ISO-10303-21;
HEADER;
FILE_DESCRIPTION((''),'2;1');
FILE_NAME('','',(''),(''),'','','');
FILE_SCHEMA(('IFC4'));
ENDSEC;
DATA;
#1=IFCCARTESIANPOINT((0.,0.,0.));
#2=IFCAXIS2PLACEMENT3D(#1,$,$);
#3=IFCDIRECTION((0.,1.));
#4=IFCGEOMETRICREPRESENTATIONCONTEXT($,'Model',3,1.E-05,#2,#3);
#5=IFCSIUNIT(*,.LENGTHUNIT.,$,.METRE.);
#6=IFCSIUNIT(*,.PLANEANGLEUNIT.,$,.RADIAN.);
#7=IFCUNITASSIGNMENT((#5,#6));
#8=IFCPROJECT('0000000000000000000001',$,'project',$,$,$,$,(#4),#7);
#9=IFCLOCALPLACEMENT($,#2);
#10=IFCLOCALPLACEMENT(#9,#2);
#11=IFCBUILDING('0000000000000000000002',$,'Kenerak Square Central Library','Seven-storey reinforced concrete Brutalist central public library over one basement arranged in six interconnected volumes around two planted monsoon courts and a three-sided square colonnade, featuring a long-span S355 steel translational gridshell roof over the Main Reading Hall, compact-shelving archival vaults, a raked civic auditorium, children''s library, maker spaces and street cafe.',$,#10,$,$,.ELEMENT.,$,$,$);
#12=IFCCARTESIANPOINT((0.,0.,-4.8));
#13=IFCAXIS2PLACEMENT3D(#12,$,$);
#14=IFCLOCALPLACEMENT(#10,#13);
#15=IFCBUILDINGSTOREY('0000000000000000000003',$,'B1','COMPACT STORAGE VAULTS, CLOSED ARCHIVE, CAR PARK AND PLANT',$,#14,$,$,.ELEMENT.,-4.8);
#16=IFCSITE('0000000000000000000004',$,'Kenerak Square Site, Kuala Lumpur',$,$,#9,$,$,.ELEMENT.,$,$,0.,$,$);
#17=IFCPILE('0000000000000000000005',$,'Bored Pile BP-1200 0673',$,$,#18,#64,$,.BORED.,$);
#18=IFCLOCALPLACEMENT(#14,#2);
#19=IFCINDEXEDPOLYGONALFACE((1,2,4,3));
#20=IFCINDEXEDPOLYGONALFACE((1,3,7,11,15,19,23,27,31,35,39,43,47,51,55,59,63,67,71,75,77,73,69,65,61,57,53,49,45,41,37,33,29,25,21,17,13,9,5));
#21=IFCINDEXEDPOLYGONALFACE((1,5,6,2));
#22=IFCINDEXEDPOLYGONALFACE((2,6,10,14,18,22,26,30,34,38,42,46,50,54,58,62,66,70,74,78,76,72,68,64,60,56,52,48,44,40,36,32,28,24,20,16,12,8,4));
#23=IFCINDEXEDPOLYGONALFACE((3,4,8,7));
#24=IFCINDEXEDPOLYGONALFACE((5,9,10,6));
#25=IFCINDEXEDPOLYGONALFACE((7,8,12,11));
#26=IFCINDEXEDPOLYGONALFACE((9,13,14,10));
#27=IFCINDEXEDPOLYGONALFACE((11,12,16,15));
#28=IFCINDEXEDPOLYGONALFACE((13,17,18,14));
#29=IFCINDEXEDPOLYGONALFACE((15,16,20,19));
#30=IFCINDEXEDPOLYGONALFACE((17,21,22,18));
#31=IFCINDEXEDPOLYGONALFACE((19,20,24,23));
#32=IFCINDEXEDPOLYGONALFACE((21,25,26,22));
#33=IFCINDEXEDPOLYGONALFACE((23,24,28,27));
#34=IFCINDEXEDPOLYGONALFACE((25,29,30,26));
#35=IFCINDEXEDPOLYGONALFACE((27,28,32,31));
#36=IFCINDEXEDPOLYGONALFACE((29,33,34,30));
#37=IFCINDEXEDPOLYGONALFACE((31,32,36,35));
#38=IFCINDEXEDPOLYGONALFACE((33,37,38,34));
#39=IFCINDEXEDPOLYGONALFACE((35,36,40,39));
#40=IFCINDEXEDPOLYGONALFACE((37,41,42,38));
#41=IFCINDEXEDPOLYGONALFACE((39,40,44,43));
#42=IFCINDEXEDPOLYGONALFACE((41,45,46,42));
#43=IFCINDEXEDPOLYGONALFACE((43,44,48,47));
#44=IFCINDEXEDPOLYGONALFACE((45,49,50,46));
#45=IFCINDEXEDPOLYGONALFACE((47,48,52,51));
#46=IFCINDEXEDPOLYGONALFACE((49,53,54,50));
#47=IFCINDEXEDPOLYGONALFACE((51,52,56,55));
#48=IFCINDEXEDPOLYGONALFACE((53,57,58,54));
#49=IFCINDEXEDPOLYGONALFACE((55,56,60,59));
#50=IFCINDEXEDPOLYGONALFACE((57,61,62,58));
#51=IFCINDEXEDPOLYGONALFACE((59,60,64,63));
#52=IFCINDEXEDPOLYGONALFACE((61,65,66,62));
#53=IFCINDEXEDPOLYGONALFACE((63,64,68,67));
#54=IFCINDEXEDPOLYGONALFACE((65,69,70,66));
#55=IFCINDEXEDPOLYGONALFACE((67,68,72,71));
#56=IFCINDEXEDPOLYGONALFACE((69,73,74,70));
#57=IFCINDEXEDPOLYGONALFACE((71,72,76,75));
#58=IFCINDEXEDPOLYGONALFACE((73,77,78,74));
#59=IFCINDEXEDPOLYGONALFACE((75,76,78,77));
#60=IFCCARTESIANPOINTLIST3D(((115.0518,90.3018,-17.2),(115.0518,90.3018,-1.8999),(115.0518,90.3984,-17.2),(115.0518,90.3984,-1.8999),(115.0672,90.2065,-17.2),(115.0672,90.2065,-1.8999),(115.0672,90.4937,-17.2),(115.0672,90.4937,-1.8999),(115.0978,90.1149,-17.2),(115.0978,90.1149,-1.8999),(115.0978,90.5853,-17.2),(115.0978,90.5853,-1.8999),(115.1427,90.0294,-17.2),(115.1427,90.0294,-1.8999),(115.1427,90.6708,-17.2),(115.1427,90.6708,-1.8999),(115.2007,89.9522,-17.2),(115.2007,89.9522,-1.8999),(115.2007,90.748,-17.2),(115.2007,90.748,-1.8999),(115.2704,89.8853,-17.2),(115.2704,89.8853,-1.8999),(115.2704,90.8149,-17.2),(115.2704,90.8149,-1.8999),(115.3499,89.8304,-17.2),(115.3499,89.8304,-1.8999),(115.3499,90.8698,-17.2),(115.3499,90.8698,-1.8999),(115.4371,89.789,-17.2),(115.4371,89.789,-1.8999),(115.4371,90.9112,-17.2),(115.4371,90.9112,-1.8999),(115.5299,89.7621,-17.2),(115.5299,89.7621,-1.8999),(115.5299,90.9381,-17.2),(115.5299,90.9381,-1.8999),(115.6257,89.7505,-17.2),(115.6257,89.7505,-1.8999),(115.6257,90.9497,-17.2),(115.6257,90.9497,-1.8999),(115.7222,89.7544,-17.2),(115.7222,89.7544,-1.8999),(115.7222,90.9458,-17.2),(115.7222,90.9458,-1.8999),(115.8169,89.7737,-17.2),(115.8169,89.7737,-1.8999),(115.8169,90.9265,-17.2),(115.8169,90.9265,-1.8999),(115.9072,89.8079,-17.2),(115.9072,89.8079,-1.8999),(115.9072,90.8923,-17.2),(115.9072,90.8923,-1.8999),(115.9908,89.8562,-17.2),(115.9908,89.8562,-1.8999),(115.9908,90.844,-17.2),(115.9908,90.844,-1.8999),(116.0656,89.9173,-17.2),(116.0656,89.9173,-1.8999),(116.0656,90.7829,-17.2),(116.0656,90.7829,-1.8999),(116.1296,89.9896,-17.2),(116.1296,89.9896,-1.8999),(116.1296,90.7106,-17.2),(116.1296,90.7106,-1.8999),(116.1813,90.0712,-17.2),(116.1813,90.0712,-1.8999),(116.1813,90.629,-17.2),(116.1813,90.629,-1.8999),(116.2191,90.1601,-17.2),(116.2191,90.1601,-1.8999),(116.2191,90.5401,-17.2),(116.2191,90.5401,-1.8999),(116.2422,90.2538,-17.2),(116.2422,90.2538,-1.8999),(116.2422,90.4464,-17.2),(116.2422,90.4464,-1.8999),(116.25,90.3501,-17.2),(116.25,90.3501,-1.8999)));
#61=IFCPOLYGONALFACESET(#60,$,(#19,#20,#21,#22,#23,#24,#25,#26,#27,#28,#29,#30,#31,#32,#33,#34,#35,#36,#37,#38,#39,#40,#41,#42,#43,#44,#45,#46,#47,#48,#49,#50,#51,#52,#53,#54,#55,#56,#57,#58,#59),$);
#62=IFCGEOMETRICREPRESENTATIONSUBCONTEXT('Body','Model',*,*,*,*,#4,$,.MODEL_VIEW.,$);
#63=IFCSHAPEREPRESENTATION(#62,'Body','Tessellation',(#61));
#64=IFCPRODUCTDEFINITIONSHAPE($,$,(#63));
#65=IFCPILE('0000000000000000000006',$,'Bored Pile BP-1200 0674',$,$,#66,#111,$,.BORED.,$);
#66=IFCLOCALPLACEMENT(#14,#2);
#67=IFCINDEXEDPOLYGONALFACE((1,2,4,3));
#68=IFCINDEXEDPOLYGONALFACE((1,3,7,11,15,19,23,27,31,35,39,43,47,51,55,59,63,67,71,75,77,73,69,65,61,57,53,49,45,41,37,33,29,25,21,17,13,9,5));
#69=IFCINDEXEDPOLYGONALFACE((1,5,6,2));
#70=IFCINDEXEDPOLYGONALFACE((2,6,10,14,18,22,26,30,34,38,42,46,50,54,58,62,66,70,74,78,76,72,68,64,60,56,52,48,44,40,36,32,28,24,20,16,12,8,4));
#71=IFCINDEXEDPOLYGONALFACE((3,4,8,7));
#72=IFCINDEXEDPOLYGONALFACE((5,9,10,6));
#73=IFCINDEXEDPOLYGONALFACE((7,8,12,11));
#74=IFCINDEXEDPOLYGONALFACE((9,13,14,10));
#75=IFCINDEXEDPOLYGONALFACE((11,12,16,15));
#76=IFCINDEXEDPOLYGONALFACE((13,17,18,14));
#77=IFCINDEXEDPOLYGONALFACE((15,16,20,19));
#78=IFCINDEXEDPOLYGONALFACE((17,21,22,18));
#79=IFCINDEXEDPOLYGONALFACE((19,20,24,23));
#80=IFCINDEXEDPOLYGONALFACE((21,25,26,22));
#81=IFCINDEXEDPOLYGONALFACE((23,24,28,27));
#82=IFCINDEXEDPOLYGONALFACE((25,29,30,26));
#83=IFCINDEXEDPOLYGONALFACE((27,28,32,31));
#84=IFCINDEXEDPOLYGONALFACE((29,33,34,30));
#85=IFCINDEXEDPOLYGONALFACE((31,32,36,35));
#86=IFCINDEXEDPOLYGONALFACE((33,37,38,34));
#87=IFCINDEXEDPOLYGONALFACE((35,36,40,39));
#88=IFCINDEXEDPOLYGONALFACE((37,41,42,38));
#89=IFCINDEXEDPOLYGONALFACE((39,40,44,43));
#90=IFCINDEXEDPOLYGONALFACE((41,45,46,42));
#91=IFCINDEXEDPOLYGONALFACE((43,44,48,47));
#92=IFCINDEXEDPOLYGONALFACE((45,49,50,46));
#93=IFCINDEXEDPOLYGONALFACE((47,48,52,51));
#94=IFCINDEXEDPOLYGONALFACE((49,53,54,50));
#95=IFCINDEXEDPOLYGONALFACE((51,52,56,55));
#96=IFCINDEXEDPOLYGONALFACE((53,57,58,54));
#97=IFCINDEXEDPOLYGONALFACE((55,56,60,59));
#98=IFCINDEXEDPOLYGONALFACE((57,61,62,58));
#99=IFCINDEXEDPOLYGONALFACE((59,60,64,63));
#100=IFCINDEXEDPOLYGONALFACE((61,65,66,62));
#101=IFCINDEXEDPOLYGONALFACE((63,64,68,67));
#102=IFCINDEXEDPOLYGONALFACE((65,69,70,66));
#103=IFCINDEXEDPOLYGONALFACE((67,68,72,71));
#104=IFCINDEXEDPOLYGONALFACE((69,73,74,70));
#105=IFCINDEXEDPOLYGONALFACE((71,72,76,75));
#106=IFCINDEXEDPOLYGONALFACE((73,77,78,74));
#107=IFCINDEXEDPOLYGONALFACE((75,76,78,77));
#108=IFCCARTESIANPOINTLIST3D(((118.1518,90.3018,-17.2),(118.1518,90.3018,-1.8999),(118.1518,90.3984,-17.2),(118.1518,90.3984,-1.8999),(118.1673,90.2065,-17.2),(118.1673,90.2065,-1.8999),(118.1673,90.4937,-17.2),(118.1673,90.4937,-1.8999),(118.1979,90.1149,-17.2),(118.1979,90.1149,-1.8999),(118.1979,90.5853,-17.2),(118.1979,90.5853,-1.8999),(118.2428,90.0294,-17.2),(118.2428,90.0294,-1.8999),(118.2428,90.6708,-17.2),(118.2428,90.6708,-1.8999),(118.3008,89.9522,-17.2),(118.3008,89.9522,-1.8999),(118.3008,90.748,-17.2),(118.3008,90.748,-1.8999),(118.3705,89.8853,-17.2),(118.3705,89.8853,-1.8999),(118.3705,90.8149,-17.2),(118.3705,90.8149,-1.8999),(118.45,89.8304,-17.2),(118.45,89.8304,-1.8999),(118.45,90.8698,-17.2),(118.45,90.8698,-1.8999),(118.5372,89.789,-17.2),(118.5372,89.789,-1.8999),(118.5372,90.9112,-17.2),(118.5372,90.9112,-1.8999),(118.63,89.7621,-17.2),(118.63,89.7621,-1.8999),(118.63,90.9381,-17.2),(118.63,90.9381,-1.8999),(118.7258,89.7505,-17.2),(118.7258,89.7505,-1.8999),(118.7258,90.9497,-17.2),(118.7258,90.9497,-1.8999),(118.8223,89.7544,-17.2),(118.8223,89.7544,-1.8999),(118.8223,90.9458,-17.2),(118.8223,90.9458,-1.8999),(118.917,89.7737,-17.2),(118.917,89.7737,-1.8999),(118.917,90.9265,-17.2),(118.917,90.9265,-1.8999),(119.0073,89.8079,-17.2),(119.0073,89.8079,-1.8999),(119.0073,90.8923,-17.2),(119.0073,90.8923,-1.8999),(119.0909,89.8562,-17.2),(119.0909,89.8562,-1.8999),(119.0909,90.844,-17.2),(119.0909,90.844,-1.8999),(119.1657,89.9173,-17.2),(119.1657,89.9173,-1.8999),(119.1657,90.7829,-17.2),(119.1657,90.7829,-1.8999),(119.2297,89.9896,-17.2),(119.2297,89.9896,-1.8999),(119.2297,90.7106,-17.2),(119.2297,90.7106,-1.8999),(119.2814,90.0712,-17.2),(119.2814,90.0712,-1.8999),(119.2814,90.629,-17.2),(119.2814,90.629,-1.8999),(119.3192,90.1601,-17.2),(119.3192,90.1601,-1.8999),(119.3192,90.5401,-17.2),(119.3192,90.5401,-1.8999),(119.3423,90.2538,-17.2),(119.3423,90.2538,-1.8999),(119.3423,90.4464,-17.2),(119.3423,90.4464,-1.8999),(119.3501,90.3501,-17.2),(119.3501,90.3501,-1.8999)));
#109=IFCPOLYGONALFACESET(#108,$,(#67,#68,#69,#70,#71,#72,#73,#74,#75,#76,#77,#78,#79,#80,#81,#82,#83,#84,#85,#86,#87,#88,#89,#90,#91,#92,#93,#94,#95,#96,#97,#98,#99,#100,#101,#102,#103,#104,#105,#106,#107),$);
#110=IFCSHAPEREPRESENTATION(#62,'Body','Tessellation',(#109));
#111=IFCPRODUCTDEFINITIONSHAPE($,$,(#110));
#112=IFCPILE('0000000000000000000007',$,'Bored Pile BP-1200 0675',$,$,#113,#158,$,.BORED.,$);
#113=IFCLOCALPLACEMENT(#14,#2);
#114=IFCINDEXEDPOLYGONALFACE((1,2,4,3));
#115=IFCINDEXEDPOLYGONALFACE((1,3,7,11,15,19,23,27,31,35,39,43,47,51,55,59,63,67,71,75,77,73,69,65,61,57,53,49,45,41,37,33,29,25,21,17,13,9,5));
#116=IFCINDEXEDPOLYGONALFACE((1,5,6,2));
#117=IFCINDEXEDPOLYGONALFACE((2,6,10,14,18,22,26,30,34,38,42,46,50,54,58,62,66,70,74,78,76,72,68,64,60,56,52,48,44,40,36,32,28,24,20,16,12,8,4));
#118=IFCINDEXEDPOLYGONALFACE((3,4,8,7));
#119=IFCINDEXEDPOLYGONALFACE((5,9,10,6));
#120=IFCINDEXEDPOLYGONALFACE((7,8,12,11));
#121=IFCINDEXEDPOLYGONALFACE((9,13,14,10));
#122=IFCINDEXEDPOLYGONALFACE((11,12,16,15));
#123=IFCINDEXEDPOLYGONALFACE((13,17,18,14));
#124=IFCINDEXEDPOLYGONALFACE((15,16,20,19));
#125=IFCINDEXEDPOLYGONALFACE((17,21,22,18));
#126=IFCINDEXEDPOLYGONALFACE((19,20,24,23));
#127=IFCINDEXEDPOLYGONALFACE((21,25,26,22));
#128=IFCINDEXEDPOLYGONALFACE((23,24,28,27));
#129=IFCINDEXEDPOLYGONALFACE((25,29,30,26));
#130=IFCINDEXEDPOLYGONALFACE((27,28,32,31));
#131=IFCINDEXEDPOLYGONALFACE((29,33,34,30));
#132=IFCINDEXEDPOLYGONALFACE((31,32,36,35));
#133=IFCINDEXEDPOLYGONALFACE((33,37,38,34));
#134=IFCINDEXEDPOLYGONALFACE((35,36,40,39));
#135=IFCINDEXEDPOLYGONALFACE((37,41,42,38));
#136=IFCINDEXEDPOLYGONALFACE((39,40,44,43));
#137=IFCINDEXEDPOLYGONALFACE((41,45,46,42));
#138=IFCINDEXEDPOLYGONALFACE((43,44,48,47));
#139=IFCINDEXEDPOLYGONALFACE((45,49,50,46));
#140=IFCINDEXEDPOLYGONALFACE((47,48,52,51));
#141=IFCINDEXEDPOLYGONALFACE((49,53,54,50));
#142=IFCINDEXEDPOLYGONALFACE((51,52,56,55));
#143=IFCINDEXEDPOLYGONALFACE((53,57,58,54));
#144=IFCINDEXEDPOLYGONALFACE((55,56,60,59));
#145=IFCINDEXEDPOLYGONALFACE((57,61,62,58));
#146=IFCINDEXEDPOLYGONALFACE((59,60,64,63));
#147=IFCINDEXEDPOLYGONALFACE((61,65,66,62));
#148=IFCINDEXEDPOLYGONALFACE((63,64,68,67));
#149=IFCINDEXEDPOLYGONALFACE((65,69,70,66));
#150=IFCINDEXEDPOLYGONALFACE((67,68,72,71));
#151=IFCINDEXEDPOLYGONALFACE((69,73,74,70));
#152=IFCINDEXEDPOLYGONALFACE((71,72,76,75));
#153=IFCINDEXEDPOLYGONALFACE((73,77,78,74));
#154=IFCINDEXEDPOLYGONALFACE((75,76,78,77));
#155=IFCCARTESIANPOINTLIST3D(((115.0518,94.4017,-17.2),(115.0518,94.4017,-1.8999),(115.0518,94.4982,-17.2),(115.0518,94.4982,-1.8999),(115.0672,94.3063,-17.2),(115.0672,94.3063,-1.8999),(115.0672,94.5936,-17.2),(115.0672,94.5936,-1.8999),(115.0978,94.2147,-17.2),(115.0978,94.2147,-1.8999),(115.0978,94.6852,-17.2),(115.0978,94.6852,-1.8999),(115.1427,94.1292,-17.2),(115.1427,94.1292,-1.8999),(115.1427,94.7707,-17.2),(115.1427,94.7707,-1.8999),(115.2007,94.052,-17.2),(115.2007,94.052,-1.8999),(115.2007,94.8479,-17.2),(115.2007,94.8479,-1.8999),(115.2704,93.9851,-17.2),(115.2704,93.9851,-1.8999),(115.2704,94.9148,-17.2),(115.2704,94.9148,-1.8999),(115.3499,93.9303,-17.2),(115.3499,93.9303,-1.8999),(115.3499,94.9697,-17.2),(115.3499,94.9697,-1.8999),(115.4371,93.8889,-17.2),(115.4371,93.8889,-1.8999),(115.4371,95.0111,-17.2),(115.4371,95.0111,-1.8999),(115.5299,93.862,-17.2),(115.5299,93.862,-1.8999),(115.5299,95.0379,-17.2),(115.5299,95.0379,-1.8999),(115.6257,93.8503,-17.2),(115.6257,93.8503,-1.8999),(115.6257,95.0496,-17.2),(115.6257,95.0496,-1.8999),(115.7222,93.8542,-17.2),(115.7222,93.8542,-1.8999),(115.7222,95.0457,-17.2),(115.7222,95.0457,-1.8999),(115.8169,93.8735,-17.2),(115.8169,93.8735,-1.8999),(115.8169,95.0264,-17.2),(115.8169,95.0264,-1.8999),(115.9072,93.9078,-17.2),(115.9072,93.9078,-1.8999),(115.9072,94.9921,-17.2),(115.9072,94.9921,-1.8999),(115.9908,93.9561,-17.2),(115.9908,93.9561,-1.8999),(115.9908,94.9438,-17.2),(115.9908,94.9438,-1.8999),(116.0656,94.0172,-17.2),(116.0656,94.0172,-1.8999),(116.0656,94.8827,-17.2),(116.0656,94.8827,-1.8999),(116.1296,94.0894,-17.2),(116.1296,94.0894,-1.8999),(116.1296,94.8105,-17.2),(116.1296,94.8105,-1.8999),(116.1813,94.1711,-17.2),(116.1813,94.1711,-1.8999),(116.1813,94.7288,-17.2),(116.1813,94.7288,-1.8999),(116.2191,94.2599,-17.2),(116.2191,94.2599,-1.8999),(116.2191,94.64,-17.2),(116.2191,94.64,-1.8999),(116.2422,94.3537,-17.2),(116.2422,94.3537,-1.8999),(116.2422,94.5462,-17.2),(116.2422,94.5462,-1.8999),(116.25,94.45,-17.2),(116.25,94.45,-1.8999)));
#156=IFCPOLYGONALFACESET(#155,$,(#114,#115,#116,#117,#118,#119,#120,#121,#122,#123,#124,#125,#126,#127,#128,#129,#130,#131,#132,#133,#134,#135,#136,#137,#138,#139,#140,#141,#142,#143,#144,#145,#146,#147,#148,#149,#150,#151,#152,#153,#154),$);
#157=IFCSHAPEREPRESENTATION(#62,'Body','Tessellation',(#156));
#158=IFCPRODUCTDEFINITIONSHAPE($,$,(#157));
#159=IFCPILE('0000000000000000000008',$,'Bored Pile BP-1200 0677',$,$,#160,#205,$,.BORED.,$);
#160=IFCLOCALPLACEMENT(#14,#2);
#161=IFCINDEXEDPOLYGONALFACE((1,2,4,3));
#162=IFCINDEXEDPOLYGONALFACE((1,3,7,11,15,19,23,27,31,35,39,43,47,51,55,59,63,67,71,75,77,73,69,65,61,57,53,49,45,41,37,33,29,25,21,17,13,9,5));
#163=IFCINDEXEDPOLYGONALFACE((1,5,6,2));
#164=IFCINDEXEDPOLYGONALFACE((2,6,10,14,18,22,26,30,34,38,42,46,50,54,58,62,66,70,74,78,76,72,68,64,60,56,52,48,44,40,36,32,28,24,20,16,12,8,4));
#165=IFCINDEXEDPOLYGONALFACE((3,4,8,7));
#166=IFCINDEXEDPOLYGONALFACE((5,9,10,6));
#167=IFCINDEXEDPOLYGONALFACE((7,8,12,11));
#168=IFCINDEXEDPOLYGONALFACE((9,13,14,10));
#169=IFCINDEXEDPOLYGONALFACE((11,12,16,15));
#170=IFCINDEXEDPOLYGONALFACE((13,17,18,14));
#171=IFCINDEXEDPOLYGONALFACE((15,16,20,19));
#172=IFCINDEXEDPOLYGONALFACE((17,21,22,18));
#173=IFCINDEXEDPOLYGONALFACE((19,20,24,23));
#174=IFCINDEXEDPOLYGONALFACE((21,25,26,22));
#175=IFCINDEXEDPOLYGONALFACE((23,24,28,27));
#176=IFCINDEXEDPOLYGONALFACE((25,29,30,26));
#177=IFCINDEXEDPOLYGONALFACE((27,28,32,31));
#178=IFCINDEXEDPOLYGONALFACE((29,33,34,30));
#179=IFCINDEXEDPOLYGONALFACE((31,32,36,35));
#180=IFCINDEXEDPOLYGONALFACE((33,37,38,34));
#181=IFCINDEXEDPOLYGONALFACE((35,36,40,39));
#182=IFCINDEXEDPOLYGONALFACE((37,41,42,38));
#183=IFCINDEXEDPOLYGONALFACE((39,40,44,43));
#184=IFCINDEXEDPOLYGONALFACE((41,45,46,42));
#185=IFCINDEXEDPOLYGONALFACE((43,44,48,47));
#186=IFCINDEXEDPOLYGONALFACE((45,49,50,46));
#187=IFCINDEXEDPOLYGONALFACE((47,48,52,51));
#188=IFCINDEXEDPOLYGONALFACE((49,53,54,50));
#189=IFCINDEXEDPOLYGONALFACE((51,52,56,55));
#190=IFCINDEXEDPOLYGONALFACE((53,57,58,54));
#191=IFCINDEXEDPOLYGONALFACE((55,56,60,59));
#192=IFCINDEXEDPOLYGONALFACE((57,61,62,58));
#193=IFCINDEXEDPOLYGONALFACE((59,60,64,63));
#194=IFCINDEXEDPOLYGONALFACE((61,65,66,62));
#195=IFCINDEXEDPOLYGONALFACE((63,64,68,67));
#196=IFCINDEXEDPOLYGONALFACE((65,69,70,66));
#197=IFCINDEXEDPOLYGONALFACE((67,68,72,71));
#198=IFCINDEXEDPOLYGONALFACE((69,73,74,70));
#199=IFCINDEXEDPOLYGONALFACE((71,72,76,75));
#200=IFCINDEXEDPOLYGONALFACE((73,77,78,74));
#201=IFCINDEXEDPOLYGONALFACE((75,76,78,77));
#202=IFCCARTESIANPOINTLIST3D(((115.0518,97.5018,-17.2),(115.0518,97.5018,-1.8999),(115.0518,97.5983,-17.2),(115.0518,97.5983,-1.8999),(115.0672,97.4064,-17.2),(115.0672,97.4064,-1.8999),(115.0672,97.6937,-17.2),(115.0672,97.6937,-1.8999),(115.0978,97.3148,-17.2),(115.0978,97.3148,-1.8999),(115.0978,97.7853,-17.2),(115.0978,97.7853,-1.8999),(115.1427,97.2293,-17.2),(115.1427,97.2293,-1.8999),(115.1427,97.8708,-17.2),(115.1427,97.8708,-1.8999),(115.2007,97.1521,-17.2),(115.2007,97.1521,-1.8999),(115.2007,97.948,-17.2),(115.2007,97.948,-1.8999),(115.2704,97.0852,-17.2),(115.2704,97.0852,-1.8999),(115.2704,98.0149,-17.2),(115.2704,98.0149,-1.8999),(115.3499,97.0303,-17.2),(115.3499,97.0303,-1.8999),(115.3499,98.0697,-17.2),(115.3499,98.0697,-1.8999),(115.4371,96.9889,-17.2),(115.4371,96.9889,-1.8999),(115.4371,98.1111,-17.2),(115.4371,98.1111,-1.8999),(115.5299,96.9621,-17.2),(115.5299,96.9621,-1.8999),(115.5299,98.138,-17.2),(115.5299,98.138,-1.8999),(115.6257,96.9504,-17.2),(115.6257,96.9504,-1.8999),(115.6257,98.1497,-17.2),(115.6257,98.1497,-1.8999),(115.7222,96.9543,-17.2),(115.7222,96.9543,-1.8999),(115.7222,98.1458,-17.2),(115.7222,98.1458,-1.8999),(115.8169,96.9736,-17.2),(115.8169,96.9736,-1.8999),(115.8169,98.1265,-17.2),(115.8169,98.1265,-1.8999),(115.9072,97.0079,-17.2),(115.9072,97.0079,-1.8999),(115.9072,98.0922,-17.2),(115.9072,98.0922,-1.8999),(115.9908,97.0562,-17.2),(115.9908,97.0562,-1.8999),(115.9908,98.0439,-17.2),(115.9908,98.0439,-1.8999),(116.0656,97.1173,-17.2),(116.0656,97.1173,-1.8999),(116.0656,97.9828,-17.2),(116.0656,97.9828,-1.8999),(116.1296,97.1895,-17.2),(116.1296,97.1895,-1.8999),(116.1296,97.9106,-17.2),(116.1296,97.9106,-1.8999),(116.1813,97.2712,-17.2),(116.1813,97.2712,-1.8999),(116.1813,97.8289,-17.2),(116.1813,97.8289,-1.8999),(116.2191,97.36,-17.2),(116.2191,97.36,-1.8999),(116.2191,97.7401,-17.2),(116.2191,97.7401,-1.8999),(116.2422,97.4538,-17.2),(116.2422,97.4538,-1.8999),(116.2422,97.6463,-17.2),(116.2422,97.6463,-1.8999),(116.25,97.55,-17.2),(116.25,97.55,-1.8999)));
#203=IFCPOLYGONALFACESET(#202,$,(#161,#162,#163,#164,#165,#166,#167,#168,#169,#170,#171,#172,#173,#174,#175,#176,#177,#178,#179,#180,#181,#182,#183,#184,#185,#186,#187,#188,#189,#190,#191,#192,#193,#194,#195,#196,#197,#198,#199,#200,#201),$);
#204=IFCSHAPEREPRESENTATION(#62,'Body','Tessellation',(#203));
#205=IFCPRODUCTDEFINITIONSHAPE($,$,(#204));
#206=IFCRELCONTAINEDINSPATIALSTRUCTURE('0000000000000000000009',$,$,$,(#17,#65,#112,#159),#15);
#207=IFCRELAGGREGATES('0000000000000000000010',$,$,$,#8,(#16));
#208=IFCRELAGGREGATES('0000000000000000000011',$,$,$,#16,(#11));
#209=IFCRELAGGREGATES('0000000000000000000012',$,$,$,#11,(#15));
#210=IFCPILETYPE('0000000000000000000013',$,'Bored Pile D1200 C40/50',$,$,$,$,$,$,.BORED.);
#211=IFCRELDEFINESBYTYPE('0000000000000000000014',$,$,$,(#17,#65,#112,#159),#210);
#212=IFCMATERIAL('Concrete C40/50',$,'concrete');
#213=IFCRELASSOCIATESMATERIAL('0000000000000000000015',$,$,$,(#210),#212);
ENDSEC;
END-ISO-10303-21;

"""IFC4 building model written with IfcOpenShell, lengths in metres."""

from ifc_helpers import new_model, si_unit, direction, frame, origin, origin_2d, place, context, subcontext, project, spatial, circle, extrude, material, material_profile, profile_set, type_object, element, save


model = new_model("IFC4")

# Units and contexts
model_context = context("Model", 3, precision=1e-05, world=origin(), true_north=direction((0.0, 1.0)))
body_context = subcontext(model_context, "Body", "Model", "MODEL_VIEW")
ifc_project = project(units=[si_unit("LENGTHUNIT", "METRE"), si_unit("PLANEANGLEUNIT", "RADIAN")], contexts=[model_context])

# Site, building, storey
site_placement = place(None, origin())
site = spatial("IfcSite", under=ifc_project, at=site_placement, Name="Kenerak Square Site, Kuala Lumpur", CompositionType="ELEMENT", RefElevation=0.0)
building_placement = place(site_placement, origin())
building = spatial("IfcBuilding", under=site, at=building_placement, Name="Kenerak Square Central Library", Description="Seven-storey reinforced concrete Brutalist central public library over one basement arranged in six interconnected volumes around two planted monsoon courts and a three-sided square colonnade, featuring a long-span S355 steel translational gridshell roof over the Main Reading Hall, compact-shelving archival vaults, a raked civic auditorium, children's library, maker spaces and street cafe.", CompositionType="ELEMENT")
storey_placement = place(building_placement, frame((0.0, 0.0, -4.8)))
storey = spatial("IfcBuildingStorey", under=building, at=storey_placement, Name="B1", Description="COMPACT STORAGE VAULTS, CLOSED ARCHIVE, CAR PARK AND PLANT", CompositionType="ELEMENT", Elevation=-4.8)

# Piles
ifc_material_1 = material(Name="Concrete C40/50", Category="concrete")
ifc_material_profile_1 = material_profile(ifc_material_1, circle(Radius=0.6001, at=origin_2d()), Name="BP D1200")
ifc_profile_set_1 = profile_set([ifc_material_profile_1], Name="Concrete C40/50")
pile_type = type_object("IfcPileType", Name="Bored Pile D1200 C40/50", PredefinedType="BORED", material=ifc_profile_set_1)
for number, where, z_axis, x_axis, name in (
    (1, (115.6499, 90.3501, -1.8999), (0.0, 0.0, -1.0), (1.0, 0.0, 0.0), "Bored Pile BP-1200 0673"),
    (2, (118.75, 90.3501, -1.8999), (0.0, 0.0, -1.0), (1.0, 0.0, 0.0), "Bored Pile BP-1200 0674"),
    (3, (115.6499, 94.45, -1.8999), (0.0, 0.0, -1.0), (1.0, 0.0, 0.0), "Bored Pile BP-1200 0675"),
    (4, (115.6499, 97.55, -1.8999), (0.0, 0.0, -1.0), (1.0, 0.0, 0.0), "Bored Pile BP-1200 0677"),
):
    element("IfcPile", number, at=place(storey_placement, frame(where, z_axis=z_axis, x_axis=x_axis)), inside=storey, type_object=pile_type, Name=name, PredefinedType="BORED", context=body_context, shape_type="SweptSolid", body=[
        extrude(circle(Radius=0.6001, at=origin_2d()), origin(), (0.0, 0.0, 1.0), 15.3),
    ])

save(model, "model.ifc")
